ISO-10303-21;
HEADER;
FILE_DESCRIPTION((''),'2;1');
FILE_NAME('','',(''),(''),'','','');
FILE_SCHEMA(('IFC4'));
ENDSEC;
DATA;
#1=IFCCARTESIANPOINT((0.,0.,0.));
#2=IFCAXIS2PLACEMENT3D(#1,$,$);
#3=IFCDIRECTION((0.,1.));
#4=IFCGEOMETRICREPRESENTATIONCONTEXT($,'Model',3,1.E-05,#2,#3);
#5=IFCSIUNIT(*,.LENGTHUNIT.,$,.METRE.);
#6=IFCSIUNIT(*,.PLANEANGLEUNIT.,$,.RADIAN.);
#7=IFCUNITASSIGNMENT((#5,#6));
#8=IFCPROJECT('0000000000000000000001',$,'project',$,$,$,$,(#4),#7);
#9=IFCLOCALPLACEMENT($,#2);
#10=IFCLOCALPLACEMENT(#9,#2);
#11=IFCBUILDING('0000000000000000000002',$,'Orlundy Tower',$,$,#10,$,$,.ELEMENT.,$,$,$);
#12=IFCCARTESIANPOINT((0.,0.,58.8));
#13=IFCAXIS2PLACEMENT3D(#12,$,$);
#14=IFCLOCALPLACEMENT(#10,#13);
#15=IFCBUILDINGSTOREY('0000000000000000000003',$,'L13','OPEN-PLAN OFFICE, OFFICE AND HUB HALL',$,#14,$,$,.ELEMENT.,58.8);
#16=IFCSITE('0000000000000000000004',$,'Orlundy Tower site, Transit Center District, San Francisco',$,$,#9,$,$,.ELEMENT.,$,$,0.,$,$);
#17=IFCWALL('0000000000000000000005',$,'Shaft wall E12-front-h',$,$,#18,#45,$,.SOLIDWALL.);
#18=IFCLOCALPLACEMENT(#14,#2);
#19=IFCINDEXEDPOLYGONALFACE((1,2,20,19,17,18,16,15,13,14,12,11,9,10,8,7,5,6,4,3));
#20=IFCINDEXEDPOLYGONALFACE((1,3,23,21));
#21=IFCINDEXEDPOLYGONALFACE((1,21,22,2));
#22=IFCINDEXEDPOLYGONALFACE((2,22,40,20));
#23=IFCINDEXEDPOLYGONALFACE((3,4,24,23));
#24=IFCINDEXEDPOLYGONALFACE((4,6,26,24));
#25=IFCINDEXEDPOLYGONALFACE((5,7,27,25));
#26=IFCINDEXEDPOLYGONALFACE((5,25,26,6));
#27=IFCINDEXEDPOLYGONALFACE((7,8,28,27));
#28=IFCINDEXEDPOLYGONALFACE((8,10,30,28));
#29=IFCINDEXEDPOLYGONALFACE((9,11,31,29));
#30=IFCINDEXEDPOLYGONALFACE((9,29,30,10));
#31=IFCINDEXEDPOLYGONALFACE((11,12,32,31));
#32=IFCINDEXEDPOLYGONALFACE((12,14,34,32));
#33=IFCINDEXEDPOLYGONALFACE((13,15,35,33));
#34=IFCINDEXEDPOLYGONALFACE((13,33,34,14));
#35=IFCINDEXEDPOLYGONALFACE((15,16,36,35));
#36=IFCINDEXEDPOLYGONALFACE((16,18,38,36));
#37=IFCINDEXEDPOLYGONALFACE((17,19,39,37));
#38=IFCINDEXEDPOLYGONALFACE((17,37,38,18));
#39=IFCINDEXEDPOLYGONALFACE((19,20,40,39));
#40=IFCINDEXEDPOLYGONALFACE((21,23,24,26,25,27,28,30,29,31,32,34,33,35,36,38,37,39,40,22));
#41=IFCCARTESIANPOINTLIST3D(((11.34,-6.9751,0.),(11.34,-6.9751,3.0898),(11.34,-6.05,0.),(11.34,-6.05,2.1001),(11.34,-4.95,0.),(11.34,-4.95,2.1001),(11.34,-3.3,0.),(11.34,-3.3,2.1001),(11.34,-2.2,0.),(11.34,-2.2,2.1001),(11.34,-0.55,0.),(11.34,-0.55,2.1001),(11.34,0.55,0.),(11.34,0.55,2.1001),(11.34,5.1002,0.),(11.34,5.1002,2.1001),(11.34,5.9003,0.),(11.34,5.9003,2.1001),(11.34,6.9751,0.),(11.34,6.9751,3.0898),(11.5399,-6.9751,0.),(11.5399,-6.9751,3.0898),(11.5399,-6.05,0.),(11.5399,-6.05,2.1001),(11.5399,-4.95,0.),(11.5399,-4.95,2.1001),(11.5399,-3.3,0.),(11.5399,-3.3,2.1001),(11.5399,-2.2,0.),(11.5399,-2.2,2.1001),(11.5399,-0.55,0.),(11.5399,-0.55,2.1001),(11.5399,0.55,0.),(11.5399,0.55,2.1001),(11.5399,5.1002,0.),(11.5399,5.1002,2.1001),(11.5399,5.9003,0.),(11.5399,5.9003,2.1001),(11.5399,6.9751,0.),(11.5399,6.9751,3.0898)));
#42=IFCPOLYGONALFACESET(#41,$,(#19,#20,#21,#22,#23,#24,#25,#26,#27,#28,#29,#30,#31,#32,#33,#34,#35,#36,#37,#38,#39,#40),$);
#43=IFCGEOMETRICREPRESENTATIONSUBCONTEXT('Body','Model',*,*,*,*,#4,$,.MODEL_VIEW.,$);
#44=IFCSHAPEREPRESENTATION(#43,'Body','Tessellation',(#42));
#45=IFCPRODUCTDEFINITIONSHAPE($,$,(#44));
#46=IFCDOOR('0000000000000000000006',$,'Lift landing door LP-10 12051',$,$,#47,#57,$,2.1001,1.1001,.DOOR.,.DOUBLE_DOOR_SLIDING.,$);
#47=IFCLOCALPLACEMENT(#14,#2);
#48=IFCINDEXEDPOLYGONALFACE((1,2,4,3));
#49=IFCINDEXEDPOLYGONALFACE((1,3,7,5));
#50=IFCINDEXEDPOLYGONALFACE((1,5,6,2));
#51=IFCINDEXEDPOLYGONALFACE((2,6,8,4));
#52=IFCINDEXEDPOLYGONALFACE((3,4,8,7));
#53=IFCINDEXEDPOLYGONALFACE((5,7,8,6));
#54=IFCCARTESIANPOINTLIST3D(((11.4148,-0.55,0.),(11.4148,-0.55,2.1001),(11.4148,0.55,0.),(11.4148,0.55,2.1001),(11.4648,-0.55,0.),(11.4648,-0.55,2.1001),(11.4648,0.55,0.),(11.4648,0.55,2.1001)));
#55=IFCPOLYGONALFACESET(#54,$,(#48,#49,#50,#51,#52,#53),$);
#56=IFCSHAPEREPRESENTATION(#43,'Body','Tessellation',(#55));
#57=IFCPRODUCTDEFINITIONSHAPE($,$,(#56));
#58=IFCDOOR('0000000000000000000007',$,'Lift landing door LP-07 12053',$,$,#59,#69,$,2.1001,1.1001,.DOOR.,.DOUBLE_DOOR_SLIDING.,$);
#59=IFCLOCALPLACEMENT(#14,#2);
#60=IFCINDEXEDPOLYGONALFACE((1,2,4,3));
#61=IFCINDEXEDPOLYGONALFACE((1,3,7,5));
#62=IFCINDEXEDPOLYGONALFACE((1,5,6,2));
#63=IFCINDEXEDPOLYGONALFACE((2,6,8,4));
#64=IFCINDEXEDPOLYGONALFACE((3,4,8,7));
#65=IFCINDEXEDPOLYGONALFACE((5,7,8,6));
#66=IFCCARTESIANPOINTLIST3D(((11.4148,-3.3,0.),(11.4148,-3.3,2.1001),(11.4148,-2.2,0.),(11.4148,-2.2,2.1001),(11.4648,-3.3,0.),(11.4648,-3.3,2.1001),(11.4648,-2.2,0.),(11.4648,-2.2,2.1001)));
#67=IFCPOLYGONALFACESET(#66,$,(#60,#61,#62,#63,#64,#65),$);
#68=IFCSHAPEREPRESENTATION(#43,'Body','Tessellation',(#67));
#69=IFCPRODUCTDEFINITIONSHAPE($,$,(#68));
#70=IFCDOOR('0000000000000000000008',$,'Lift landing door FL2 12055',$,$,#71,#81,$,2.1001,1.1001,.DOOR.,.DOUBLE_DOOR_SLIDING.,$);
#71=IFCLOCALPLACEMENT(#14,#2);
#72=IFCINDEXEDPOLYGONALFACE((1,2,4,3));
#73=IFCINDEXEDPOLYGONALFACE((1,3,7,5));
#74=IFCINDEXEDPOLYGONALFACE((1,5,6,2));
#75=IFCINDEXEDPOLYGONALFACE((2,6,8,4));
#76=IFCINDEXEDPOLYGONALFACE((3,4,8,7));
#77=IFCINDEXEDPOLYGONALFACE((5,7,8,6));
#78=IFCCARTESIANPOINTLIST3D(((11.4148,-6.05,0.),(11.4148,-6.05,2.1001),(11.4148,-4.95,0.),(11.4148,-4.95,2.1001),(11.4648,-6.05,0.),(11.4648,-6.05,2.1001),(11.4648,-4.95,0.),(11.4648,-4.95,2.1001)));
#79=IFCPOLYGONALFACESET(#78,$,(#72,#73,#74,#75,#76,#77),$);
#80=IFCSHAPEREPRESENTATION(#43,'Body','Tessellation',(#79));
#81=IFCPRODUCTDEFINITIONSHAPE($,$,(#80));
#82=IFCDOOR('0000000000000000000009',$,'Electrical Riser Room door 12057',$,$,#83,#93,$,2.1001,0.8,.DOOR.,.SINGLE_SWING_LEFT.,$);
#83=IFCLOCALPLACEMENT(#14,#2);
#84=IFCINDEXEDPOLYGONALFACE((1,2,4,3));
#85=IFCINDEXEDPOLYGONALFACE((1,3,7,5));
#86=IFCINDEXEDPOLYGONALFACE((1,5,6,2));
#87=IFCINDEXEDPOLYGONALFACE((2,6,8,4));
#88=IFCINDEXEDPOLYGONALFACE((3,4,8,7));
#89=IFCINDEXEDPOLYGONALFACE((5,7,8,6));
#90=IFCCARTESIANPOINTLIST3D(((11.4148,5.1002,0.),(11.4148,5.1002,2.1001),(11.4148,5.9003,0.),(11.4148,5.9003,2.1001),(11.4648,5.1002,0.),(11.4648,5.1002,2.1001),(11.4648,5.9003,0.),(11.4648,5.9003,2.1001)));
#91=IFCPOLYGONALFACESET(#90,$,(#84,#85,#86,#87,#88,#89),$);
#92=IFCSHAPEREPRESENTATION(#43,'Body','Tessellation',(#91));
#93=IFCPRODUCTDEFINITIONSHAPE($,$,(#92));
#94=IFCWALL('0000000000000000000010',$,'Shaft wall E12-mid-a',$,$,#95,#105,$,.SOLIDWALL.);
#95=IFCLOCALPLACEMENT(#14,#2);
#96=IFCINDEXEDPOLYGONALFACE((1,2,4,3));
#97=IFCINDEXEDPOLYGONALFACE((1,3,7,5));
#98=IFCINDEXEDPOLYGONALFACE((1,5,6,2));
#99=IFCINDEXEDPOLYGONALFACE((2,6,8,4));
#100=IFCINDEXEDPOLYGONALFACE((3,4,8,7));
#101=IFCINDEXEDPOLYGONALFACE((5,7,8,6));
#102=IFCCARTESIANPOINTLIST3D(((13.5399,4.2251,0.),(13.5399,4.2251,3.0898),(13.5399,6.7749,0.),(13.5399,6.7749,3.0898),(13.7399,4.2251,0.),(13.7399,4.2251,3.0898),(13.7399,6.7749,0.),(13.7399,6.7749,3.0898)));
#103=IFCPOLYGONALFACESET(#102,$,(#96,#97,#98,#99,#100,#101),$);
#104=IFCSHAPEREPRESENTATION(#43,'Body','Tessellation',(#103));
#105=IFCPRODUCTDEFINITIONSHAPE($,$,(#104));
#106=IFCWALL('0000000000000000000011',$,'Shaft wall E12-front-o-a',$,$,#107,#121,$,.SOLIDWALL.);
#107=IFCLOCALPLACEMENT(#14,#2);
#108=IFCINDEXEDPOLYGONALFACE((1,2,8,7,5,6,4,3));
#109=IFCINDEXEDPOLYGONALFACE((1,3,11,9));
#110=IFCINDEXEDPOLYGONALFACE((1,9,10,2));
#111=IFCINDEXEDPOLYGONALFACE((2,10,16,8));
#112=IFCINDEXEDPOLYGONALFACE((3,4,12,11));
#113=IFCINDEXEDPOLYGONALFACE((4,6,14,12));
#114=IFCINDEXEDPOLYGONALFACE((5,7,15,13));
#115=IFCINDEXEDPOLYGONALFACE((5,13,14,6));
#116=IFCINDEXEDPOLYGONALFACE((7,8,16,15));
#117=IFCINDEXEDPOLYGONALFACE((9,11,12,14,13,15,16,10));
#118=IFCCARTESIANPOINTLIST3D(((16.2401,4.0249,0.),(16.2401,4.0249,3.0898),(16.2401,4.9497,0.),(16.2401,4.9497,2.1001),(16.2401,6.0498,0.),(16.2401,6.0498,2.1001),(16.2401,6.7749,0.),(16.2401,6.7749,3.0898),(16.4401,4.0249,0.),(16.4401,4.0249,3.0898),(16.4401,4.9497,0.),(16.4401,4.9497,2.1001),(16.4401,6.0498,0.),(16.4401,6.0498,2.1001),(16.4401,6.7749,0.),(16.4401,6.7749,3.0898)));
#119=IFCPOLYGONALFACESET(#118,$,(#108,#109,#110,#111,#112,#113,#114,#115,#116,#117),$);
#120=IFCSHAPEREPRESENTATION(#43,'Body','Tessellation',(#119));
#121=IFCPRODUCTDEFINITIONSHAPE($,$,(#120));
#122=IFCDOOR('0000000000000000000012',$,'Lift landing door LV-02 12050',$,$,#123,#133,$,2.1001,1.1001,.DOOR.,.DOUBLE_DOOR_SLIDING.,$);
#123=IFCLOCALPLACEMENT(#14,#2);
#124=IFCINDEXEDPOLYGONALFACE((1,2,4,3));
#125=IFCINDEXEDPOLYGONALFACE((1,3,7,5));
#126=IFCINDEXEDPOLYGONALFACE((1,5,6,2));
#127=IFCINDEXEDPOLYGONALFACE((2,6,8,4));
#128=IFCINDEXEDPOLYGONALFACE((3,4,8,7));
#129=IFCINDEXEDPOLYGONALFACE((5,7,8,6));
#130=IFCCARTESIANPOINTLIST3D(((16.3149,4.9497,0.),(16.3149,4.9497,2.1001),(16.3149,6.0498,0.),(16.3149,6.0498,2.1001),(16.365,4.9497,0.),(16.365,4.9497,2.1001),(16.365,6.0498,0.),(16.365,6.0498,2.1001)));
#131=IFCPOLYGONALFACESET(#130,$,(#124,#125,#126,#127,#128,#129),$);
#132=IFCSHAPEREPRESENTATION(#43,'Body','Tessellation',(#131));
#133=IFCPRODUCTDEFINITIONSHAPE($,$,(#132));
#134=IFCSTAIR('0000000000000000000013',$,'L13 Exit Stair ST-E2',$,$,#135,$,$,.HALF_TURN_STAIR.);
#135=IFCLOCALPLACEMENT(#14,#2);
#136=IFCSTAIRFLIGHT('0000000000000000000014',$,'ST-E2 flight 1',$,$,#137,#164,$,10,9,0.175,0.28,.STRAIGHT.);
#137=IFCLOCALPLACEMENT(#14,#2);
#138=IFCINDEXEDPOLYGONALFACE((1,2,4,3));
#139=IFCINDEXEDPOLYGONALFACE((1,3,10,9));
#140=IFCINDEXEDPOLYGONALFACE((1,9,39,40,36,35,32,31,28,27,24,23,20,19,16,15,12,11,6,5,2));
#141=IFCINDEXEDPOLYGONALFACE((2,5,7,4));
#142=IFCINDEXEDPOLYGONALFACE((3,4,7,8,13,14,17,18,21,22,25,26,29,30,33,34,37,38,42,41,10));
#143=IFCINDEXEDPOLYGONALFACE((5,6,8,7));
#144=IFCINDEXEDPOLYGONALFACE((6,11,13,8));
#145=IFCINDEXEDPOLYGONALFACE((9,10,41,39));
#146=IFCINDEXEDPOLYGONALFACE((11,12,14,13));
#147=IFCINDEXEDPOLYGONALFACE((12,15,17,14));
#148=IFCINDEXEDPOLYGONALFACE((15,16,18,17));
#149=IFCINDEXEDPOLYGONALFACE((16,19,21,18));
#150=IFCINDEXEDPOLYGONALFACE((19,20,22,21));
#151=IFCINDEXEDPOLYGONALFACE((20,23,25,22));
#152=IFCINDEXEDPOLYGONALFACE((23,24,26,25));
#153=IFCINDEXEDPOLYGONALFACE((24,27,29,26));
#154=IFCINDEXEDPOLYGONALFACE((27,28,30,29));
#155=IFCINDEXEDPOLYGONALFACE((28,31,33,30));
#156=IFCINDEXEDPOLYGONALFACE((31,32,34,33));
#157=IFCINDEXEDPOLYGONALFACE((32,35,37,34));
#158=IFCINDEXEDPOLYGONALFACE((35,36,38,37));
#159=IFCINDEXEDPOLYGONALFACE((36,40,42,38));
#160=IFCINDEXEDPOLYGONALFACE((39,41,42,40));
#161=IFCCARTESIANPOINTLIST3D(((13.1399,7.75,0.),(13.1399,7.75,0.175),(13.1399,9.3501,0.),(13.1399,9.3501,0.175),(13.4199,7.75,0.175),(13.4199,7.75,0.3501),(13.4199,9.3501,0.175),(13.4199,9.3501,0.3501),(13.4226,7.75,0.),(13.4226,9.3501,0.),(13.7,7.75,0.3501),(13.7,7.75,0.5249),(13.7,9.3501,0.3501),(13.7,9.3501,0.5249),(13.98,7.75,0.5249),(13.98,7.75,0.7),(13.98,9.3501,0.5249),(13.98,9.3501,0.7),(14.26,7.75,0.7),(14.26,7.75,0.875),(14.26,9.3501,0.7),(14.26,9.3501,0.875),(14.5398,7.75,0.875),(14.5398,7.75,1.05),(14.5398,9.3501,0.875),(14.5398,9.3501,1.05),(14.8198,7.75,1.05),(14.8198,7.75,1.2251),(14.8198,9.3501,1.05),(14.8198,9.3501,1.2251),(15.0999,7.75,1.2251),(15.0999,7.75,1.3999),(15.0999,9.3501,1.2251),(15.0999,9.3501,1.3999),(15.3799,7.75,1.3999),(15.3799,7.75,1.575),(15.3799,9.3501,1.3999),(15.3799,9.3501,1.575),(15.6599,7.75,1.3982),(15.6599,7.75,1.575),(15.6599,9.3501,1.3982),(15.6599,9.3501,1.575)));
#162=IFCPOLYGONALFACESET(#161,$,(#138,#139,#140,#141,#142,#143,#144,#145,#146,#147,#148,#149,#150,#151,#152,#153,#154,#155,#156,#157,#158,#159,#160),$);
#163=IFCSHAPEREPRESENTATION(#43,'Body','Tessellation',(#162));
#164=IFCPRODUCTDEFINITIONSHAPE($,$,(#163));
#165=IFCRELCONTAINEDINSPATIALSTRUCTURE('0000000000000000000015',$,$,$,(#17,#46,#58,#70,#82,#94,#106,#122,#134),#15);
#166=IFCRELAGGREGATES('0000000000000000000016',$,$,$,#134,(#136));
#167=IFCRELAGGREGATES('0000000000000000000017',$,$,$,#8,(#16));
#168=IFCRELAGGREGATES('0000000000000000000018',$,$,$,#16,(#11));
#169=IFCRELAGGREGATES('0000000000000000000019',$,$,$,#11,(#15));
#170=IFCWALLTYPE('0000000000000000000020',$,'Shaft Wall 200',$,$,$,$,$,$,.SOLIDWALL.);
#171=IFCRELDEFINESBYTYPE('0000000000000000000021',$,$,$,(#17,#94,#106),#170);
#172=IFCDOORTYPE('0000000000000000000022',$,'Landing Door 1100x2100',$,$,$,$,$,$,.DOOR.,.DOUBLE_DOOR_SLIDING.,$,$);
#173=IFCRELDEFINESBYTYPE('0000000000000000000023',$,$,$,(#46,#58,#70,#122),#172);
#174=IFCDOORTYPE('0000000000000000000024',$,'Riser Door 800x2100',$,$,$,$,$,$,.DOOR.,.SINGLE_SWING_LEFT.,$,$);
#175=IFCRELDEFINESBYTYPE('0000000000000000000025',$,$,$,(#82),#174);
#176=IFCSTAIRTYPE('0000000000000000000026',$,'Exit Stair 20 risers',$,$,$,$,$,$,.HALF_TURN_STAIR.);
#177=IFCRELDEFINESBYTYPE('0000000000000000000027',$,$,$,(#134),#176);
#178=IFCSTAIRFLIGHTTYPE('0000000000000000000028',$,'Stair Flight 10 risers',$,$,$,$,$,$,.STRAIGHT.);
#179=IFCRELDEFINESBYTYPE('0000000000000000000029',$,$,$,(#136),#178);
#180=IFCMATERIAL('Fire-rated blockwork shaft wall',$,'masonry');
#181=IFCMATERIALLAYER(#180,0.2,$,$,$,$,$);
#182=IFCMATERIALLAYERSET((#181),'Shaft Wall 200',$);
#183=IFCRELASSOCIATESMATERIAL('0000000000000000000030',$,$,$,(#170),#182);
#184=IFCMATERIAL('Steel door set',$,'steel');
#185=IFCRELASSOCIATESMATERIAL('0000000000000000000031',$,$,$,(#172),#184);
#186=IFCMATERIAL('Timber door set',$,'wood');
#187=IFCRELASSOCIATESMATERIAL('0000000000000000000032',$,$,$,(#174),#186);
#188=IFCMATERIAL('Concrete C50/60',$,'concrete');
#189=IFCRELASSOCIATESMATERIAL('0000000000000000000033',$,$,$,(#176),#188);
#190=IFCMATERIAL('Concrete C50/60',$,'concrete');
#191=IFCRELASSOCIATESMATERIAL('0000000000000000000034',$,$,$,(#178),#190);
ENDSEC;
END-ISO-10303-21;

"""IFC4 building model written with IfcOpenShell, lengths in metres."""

from ifc_helpers import new_model, si_unit, direction, frame, frame_2d, origin, place, context, subcontext, project, spatial, polyline, rectangle, outline, extrude, material, layer, layer_set, type_object, element, fill, aggregate, save


model = new_model("IFC4")

# Units and contexts
model_context = context("Model", 3, precision=1e-05, world=origin(), true_north=direction((0.0, 1.0)))
body_context = subcontext(model_context, "Body", "Model", "MODEL_VIEW")
ifc_project = project(units=[si_unit("LENGTHUNIT", "METRE"), si_unit("PLANEANGLEUNIT", "RADIAN")], contexts=[model_context])

# Site, building, storey
site_placement = place(None, origin())
site = spatial("IfcSite", under=ifc_project, at=site_placement, Name="Orlundy Tower site, Transit Center District, San Francisco", CompositionType="ELEMENT", RefElevation=0.0)
building_placement = place(site_placement, origin())
building = spatial("IfcBuilding", under=site, at=building_placement, Name="Orlundy Tower", CompositionType="ELEMENT")
storey_placement = place(building_placement, frame((0.0, 0.0, 58.8)))
storey = spatial("IfcBuildingStorey", under=building, at=storey_placement, Name="L13", Description="OPEN-PLAN OFFICE, OFFICE AND HUB HALL", CompositionType="ELEMENT", Elevation=58.8)

# Shared definitions
ifc_material_1 = material(Name="Fire-rated blockwork shaft wall", Category="masonry")
ifc_layer_1 = layer(ifc_material_1, 0.2)
ifc_layer_set_1 = layer_set([ifc_layer_1], Name="Shaft Wall 200")
wall_type_1 = type_object("IfcWallType", Name="Shaft Wall 200", PredefinedType="SOLIDWALL", material=ifc_layer_set_1)

# Wall, openings, doors
wall_1_placement = place(storey_placement, frame((11.4399, 6.9751, 0.0), z_axis=(0.0, 0.0, 1.0), x_axis=(0.0, -1.0, 0.0)))
wall_1 = element("IfcWall", 1, at=wall_1_placement, inside=storey, type_object=wall_type_1, Name="Shaft wall E12-front-h", PredefinedType="SOLIDWALL", context=body_context, shape_type="SweptSolid", body=[
    extrude(rectangle(XDim=13.9502, YDim=0.2, at=frame_2d((6.9751, 0.0))), origin(), (0.0, 0.0, 1.0), 3.0898),
])
opening_1_placement = place(wall_1_placement, frame((6.425, 0.0, 0.0)))
opening_1 = element("IfcOpeningElement", 2, at=opening_1_placement, cuts=wall_1, PredefinedType="OPENING", context=body_context, shape_type="SweptSolid", body=[
    extrude(rectangle(XDim=1.1001, YDim=2.1001, at=frame_2d((0.55, 1.05))), frame((0.0, 0.1101, 0.0), z_axis=(0.0, -1.0, 0.0), x_axis=(1.0, 0.0, 0.0)), (0.0, 0.0, 1.0), 0.2202),
])
opening_2_placement = place(wall_1_placement, frame((9.175, 0.0, 0.0)))
opening_2 = element("IfcOpeningElement", 3, at=opening_2_placement, cuts=wall_1, PredefinedType="OPENING", context=body_context, shape_type="SweptSolid", body=[
    extrude(rectangle(XDim=1.1001, YDim=2.1001, at=frame_2d((0.55, 1.05))), frame((0.0, 0.1101, 0.0), z_axis=(0.0, -1.0, 0.0), x_axis=(1.0, 0.0, 0.0)), (0.0, 0.0, 1.0), 0.2202),
])
opening_3_placement = place(wall_1_placement, frame((11.925, 0.0, 0.0)))
opening_3 = element("IfcOpeningElement", 4, at=opening_3_placement, cuts=wall_1, PredefinedType="OPENING", context=body_context, shape_type="SweptSolid", body=[
    extrude(rectangle(XDim=1.1001, YDim=2.1001, at=frame_2d((0.55, 1.05))), frame((0.0, 0.1101, 0.0), z_axis=(0.0, -1.0, 0.0), x_axis=(1.0, 0.0, 0.0)), (0.0, 0.0, 1.0), 0.2202),
])
opening_4_placement = place(wall_1_placement, frame((1.075, 0.0, 0.0)))
opening_4 = element("IfcOpeningElement", 5, at=opening_4_placement, cuts=wall_1, PredefinedType="OPENING", context=body_context, shape_type="SweptSolid", body=[
    extrude(rectangle(XDim=0.8, YDim=2.1001, at=frame_2d((0.3999, 1.05))), frame((0.0, 0.1101, 0.0), z_axis=(0.0, -1.0, 0.0), x_axis=(1.0, 0.0, 0.0)), (0.0, 0.0, 1.0), 0.2202),
])
ifc_material_2 = material(Name="Steel door set", Category="steel")
door_type_1 = type_object("IfcDoorType", Name="Landing Door 1100x2100", OperationType="DOUBLE_DOOR_SLIDING", PredefinedType="DOOR", material=ifc_material_2)
door_1_placement = place(opening_1_placement, origin())
door_1 = element("IfcDoor", 6, at=door_1_placement, inside=storey, type_object=door_type_1, Name="Lift landing door LP-10 12051", OperationType="DOUBLE_DOOR_SLIDING", OverallHeight=2.1001, OverallWidth=1.1001, PredefinedType="DOOR", context=body_context, shape_type="SweptSolid", body=[
    extrude(rectangle(XDim=1.1001, YDim=2.1001, at=frame_2d((0.55, 1.05))), frame((0.0, 0.0249, 0.0), z_axis=(0.0, -1.0, 0.0), x_axis=(1.0, 0.0, 0.0)), (0.0, 0.0, 1.0), 0.05),
])
fill(opening_1, door_1)
door_2_placement = place(opening_2_placement, origin())
door_2 = element("IfcDoor", 7, at=door_2_placement, inside=storey, type_object=door_type_1, Name="Lift landing door LP-07 12053", OperationType="DOUBLE_DOOR_SLIDING", OverallHeight=2.1001, OverallWidth=1.1001, PredefinedType="DOOR", context=body_context, shape_type="SweptSolid", body=[
    extrude(rectangle(XDim=1.1001, YDim=2.1001, at=frame_2d((0.55, 1.05))), frame((0.0, 0.0249, 0.0), z_axis=(0.0, -1.0, 0.0), x_axis=(1.0, 0.0, 0.0)), (0.0, 0.0, 1.0), 0.05),
])
fill(opening_2, door_2)
door_3_placement = place(opening_3_placement, origin())
door_3 = element("IfcDoor", 8, at=door_3_placement, inside=storey, type_object=door_type_1, Name="Lift landing door FL2 12055", OperationType="DOUBLE_DOOR_SLIDING", OverallHeight=2.1001, OverallWidth=1.1001, PredefinedType="DOOR", context=body_context, shape_type="SweptSolid", body=[
    extrude(rectangle(XDim=1.1001, YDim=2.1001, at=frame_2d((0.55, 1.05))), frame((0.0, 0.0249, 0.0), z_axis=(0.0, -1.0, 0.0), x_axis=(1.0, 0.0, 0.0)), (0.0, 0.0, 1.0), 0.05),
])
fill(opening_3, door_3)
ifc_material_3 = material(Name="Timber door set", Category="wood")
door_type_2 = type_object("IfcDoorType", Name="Riser Door 800x2100", OperationType="SINGLE_SWING_LEFT", PredefinedType="DOOR", material=ifc_material_3)
door_4_placement = place(opening_4_placement, origin())
door_4 = element("IfcDoor", 9, at=door_4_placement, inside=storey, type_object=door_type_2, Name="Electrical Riser Room door 12057", OperationType="SINGLE_SWING_LEFT", OverallHeight=2.1001, OverallWidth=0.8, PredefinedType="DOOR", context=body_context, shape_type="SweptSolid", body=[
    extrude(rectangle(XDim=0.8, YDim=2.1001, at=frame_2d((0.3999, 1.05))), frame((0.0, 0.0249, 0.0), z_axis=(0.0, -1.0, 0.0), x_axis=(1.0, 0.0, 0.0)), (0.0, 0.0, 1.0), 0.05),
])
fill(opening_4, door_4)

# Wall
wall_2_placement = place(storey_placement, frame((13.6399, 6.7749, 0.0), z_axis=(0.0, 0.0, 1.0), x_axis=(0.0, -1.0, 0.0)))
element("IfcWall", 10, at=wall_2_placement, inside=storey, type_object=wall_type_1, Name="Shaft wall E12-mid-a", PredefinedType="SOLIDWALL", context=body_context, shape_type="SweptSolid", body=[
    extrude(rectangle(XDim=2.5498, YDim=0.2, at=frame_2d((1.2749, 0.0))), origin(), (0.0, 0.0, 1.0), 3.0898),
])

# Wall, opening, door
wall_3_placement = place(storey_placement, frame((16.3401, 6.7749, 0.0), z_axis=(0.0, 0.0, 1.0), x_axis=(0.0, -1.0, 0.0)))
wall_3 = element("IfcWall", 11, at=wall_3_placement, inside=storey, type_object=wall_type_1, Name="Shaft wall E12-front-o-a", PredefinedType="SOLIDWALL", context=body_context, shape_type="SweptSolid", body=[
    extrude(rectangle(XDim=2.75, YDim=0.2, at=frame_2d((1.375, 0.0))), origin(), (0.0, 0.0, 1.0), 3.0898),
])
opening_5_placement = place(wall_3_placement, frame((0.7251, 0.0, 0.0)))
opening_5 = element("IfcOpeningElement", 12, at=opening_5_placement, cuts=wall_3, PredefinedType="OPENING", context=body_context, shape_type="SweptSolid", body=[
    extrude(rectangle(XDim=1.1001, YDim=2.1001, at=frame_2d((0.55, 1.05))), frame((0.0, 0.1101, 0.0), z_axis=(0.0, -1.0, 0.0), x_axis=(1.0, 0.0, 0.0)), (0.0, 0.0, 1.0), 0.2202),
])
door_5_placement = place(opening_5_placement, origin())
door_5 = element("IfcDoor", 13, at=door_5_placement, inside=storey, type_object=door_type_1, Name="Lift landing door LV-02 12050", OperationType="DOUBLE_DOOR_SLIDING", OverallHeight=2.1001, OverallWidth=1.1001, PredefinedType="DOOR", context=body_context, shape_type="SweptSolid", body=[
    extrude(rectangle(XDim=1.1001, YDim=2.1001, at=frame_2d((0.55, 1.05))), frame((0.0, 0.0249, 0.0), z_axis=(0.0, -1.0, 0.0), x_axis=(1.0, 0.0, 0.0)), (0.0, 0.0, 1.0), 0.05),
])
fill(opening_5, door_5)

# Stair, stair flight
ifc_material_4 = material(Name="Concrete C50/60", Category="concrete")
stair_type = type_object("IfcStairType", Name="Exit Stair 20 risers", PredefinedType="HALF_TURN_STAIR", material=ifc_material_4)
stair_placement = place(storey_placement, origin())
stair = element("IfcStair", 14, at=stair_placement, inside=storey, type_object=stair_type, Name="L13 Exit Stair ST-E2", PredefinedType="HALF_TURN_STAIR")
ifc_material_5 = material(Name="Concrete C50/60", Category="concrete")
stair_flight_type = type_object("IfcStairFlightType", Name="Stair Flight 10 risers", PredefinedType="STRAIGHT", material=ifc_material_5)
stair_flight_1_placement = place(storey_placement, frame((13.1399, 8.55, 0.0), z_axis=(0.0, 0.0, 1.0), x_axis=(1.0, 0.0, 0.0)))
stair_flight_1 = element("IfcStairFlight", 15, at=stair_flight_1_placement, type_object=stair_flight_type, Name="ST-E2 flight 1", NumberOfRisers=10, NumberOfTreads=9, PredefinedType="STRAIGHT", RiserHeight=0.175, TreadLength=0.28, context=body_context, shape_type="SweptSolid", body=[
    extrude(outline(polyline([(0.0, 0.0), (0.0, 0.175), (0.28, 0.175), (0.28, 0.3501), (0.5601, 0.3501), (0.5601, 0.5249), (0.8401, 0.5249), (0.8401, 0.7), (1.1201, 0.7), (1.1201, 0.875), (1.3999, 0.875), (1.3999, 1.05), (1.6799, 1.05), (1.6799, 1.2251), (1.96, 1.2251), (1.96, 1.3999), (2.24, 1.3999), (2.24, 1.575), (2.52, 1.575), (2.52, 1.75), (2.52, 1.3982), (0.2827, 0.0), (0.0, 0.0)])), frame((0.0, 0.8, 0.0), z_axis=(0.0, -1.0, 0.0), x_axis=(1.0, 0.0, 0.0)), (0.0, 0.0, 1.0), 1.6001),
])
aggregate(stair, [stair_flight_1])

save(model, "model.ifc")
